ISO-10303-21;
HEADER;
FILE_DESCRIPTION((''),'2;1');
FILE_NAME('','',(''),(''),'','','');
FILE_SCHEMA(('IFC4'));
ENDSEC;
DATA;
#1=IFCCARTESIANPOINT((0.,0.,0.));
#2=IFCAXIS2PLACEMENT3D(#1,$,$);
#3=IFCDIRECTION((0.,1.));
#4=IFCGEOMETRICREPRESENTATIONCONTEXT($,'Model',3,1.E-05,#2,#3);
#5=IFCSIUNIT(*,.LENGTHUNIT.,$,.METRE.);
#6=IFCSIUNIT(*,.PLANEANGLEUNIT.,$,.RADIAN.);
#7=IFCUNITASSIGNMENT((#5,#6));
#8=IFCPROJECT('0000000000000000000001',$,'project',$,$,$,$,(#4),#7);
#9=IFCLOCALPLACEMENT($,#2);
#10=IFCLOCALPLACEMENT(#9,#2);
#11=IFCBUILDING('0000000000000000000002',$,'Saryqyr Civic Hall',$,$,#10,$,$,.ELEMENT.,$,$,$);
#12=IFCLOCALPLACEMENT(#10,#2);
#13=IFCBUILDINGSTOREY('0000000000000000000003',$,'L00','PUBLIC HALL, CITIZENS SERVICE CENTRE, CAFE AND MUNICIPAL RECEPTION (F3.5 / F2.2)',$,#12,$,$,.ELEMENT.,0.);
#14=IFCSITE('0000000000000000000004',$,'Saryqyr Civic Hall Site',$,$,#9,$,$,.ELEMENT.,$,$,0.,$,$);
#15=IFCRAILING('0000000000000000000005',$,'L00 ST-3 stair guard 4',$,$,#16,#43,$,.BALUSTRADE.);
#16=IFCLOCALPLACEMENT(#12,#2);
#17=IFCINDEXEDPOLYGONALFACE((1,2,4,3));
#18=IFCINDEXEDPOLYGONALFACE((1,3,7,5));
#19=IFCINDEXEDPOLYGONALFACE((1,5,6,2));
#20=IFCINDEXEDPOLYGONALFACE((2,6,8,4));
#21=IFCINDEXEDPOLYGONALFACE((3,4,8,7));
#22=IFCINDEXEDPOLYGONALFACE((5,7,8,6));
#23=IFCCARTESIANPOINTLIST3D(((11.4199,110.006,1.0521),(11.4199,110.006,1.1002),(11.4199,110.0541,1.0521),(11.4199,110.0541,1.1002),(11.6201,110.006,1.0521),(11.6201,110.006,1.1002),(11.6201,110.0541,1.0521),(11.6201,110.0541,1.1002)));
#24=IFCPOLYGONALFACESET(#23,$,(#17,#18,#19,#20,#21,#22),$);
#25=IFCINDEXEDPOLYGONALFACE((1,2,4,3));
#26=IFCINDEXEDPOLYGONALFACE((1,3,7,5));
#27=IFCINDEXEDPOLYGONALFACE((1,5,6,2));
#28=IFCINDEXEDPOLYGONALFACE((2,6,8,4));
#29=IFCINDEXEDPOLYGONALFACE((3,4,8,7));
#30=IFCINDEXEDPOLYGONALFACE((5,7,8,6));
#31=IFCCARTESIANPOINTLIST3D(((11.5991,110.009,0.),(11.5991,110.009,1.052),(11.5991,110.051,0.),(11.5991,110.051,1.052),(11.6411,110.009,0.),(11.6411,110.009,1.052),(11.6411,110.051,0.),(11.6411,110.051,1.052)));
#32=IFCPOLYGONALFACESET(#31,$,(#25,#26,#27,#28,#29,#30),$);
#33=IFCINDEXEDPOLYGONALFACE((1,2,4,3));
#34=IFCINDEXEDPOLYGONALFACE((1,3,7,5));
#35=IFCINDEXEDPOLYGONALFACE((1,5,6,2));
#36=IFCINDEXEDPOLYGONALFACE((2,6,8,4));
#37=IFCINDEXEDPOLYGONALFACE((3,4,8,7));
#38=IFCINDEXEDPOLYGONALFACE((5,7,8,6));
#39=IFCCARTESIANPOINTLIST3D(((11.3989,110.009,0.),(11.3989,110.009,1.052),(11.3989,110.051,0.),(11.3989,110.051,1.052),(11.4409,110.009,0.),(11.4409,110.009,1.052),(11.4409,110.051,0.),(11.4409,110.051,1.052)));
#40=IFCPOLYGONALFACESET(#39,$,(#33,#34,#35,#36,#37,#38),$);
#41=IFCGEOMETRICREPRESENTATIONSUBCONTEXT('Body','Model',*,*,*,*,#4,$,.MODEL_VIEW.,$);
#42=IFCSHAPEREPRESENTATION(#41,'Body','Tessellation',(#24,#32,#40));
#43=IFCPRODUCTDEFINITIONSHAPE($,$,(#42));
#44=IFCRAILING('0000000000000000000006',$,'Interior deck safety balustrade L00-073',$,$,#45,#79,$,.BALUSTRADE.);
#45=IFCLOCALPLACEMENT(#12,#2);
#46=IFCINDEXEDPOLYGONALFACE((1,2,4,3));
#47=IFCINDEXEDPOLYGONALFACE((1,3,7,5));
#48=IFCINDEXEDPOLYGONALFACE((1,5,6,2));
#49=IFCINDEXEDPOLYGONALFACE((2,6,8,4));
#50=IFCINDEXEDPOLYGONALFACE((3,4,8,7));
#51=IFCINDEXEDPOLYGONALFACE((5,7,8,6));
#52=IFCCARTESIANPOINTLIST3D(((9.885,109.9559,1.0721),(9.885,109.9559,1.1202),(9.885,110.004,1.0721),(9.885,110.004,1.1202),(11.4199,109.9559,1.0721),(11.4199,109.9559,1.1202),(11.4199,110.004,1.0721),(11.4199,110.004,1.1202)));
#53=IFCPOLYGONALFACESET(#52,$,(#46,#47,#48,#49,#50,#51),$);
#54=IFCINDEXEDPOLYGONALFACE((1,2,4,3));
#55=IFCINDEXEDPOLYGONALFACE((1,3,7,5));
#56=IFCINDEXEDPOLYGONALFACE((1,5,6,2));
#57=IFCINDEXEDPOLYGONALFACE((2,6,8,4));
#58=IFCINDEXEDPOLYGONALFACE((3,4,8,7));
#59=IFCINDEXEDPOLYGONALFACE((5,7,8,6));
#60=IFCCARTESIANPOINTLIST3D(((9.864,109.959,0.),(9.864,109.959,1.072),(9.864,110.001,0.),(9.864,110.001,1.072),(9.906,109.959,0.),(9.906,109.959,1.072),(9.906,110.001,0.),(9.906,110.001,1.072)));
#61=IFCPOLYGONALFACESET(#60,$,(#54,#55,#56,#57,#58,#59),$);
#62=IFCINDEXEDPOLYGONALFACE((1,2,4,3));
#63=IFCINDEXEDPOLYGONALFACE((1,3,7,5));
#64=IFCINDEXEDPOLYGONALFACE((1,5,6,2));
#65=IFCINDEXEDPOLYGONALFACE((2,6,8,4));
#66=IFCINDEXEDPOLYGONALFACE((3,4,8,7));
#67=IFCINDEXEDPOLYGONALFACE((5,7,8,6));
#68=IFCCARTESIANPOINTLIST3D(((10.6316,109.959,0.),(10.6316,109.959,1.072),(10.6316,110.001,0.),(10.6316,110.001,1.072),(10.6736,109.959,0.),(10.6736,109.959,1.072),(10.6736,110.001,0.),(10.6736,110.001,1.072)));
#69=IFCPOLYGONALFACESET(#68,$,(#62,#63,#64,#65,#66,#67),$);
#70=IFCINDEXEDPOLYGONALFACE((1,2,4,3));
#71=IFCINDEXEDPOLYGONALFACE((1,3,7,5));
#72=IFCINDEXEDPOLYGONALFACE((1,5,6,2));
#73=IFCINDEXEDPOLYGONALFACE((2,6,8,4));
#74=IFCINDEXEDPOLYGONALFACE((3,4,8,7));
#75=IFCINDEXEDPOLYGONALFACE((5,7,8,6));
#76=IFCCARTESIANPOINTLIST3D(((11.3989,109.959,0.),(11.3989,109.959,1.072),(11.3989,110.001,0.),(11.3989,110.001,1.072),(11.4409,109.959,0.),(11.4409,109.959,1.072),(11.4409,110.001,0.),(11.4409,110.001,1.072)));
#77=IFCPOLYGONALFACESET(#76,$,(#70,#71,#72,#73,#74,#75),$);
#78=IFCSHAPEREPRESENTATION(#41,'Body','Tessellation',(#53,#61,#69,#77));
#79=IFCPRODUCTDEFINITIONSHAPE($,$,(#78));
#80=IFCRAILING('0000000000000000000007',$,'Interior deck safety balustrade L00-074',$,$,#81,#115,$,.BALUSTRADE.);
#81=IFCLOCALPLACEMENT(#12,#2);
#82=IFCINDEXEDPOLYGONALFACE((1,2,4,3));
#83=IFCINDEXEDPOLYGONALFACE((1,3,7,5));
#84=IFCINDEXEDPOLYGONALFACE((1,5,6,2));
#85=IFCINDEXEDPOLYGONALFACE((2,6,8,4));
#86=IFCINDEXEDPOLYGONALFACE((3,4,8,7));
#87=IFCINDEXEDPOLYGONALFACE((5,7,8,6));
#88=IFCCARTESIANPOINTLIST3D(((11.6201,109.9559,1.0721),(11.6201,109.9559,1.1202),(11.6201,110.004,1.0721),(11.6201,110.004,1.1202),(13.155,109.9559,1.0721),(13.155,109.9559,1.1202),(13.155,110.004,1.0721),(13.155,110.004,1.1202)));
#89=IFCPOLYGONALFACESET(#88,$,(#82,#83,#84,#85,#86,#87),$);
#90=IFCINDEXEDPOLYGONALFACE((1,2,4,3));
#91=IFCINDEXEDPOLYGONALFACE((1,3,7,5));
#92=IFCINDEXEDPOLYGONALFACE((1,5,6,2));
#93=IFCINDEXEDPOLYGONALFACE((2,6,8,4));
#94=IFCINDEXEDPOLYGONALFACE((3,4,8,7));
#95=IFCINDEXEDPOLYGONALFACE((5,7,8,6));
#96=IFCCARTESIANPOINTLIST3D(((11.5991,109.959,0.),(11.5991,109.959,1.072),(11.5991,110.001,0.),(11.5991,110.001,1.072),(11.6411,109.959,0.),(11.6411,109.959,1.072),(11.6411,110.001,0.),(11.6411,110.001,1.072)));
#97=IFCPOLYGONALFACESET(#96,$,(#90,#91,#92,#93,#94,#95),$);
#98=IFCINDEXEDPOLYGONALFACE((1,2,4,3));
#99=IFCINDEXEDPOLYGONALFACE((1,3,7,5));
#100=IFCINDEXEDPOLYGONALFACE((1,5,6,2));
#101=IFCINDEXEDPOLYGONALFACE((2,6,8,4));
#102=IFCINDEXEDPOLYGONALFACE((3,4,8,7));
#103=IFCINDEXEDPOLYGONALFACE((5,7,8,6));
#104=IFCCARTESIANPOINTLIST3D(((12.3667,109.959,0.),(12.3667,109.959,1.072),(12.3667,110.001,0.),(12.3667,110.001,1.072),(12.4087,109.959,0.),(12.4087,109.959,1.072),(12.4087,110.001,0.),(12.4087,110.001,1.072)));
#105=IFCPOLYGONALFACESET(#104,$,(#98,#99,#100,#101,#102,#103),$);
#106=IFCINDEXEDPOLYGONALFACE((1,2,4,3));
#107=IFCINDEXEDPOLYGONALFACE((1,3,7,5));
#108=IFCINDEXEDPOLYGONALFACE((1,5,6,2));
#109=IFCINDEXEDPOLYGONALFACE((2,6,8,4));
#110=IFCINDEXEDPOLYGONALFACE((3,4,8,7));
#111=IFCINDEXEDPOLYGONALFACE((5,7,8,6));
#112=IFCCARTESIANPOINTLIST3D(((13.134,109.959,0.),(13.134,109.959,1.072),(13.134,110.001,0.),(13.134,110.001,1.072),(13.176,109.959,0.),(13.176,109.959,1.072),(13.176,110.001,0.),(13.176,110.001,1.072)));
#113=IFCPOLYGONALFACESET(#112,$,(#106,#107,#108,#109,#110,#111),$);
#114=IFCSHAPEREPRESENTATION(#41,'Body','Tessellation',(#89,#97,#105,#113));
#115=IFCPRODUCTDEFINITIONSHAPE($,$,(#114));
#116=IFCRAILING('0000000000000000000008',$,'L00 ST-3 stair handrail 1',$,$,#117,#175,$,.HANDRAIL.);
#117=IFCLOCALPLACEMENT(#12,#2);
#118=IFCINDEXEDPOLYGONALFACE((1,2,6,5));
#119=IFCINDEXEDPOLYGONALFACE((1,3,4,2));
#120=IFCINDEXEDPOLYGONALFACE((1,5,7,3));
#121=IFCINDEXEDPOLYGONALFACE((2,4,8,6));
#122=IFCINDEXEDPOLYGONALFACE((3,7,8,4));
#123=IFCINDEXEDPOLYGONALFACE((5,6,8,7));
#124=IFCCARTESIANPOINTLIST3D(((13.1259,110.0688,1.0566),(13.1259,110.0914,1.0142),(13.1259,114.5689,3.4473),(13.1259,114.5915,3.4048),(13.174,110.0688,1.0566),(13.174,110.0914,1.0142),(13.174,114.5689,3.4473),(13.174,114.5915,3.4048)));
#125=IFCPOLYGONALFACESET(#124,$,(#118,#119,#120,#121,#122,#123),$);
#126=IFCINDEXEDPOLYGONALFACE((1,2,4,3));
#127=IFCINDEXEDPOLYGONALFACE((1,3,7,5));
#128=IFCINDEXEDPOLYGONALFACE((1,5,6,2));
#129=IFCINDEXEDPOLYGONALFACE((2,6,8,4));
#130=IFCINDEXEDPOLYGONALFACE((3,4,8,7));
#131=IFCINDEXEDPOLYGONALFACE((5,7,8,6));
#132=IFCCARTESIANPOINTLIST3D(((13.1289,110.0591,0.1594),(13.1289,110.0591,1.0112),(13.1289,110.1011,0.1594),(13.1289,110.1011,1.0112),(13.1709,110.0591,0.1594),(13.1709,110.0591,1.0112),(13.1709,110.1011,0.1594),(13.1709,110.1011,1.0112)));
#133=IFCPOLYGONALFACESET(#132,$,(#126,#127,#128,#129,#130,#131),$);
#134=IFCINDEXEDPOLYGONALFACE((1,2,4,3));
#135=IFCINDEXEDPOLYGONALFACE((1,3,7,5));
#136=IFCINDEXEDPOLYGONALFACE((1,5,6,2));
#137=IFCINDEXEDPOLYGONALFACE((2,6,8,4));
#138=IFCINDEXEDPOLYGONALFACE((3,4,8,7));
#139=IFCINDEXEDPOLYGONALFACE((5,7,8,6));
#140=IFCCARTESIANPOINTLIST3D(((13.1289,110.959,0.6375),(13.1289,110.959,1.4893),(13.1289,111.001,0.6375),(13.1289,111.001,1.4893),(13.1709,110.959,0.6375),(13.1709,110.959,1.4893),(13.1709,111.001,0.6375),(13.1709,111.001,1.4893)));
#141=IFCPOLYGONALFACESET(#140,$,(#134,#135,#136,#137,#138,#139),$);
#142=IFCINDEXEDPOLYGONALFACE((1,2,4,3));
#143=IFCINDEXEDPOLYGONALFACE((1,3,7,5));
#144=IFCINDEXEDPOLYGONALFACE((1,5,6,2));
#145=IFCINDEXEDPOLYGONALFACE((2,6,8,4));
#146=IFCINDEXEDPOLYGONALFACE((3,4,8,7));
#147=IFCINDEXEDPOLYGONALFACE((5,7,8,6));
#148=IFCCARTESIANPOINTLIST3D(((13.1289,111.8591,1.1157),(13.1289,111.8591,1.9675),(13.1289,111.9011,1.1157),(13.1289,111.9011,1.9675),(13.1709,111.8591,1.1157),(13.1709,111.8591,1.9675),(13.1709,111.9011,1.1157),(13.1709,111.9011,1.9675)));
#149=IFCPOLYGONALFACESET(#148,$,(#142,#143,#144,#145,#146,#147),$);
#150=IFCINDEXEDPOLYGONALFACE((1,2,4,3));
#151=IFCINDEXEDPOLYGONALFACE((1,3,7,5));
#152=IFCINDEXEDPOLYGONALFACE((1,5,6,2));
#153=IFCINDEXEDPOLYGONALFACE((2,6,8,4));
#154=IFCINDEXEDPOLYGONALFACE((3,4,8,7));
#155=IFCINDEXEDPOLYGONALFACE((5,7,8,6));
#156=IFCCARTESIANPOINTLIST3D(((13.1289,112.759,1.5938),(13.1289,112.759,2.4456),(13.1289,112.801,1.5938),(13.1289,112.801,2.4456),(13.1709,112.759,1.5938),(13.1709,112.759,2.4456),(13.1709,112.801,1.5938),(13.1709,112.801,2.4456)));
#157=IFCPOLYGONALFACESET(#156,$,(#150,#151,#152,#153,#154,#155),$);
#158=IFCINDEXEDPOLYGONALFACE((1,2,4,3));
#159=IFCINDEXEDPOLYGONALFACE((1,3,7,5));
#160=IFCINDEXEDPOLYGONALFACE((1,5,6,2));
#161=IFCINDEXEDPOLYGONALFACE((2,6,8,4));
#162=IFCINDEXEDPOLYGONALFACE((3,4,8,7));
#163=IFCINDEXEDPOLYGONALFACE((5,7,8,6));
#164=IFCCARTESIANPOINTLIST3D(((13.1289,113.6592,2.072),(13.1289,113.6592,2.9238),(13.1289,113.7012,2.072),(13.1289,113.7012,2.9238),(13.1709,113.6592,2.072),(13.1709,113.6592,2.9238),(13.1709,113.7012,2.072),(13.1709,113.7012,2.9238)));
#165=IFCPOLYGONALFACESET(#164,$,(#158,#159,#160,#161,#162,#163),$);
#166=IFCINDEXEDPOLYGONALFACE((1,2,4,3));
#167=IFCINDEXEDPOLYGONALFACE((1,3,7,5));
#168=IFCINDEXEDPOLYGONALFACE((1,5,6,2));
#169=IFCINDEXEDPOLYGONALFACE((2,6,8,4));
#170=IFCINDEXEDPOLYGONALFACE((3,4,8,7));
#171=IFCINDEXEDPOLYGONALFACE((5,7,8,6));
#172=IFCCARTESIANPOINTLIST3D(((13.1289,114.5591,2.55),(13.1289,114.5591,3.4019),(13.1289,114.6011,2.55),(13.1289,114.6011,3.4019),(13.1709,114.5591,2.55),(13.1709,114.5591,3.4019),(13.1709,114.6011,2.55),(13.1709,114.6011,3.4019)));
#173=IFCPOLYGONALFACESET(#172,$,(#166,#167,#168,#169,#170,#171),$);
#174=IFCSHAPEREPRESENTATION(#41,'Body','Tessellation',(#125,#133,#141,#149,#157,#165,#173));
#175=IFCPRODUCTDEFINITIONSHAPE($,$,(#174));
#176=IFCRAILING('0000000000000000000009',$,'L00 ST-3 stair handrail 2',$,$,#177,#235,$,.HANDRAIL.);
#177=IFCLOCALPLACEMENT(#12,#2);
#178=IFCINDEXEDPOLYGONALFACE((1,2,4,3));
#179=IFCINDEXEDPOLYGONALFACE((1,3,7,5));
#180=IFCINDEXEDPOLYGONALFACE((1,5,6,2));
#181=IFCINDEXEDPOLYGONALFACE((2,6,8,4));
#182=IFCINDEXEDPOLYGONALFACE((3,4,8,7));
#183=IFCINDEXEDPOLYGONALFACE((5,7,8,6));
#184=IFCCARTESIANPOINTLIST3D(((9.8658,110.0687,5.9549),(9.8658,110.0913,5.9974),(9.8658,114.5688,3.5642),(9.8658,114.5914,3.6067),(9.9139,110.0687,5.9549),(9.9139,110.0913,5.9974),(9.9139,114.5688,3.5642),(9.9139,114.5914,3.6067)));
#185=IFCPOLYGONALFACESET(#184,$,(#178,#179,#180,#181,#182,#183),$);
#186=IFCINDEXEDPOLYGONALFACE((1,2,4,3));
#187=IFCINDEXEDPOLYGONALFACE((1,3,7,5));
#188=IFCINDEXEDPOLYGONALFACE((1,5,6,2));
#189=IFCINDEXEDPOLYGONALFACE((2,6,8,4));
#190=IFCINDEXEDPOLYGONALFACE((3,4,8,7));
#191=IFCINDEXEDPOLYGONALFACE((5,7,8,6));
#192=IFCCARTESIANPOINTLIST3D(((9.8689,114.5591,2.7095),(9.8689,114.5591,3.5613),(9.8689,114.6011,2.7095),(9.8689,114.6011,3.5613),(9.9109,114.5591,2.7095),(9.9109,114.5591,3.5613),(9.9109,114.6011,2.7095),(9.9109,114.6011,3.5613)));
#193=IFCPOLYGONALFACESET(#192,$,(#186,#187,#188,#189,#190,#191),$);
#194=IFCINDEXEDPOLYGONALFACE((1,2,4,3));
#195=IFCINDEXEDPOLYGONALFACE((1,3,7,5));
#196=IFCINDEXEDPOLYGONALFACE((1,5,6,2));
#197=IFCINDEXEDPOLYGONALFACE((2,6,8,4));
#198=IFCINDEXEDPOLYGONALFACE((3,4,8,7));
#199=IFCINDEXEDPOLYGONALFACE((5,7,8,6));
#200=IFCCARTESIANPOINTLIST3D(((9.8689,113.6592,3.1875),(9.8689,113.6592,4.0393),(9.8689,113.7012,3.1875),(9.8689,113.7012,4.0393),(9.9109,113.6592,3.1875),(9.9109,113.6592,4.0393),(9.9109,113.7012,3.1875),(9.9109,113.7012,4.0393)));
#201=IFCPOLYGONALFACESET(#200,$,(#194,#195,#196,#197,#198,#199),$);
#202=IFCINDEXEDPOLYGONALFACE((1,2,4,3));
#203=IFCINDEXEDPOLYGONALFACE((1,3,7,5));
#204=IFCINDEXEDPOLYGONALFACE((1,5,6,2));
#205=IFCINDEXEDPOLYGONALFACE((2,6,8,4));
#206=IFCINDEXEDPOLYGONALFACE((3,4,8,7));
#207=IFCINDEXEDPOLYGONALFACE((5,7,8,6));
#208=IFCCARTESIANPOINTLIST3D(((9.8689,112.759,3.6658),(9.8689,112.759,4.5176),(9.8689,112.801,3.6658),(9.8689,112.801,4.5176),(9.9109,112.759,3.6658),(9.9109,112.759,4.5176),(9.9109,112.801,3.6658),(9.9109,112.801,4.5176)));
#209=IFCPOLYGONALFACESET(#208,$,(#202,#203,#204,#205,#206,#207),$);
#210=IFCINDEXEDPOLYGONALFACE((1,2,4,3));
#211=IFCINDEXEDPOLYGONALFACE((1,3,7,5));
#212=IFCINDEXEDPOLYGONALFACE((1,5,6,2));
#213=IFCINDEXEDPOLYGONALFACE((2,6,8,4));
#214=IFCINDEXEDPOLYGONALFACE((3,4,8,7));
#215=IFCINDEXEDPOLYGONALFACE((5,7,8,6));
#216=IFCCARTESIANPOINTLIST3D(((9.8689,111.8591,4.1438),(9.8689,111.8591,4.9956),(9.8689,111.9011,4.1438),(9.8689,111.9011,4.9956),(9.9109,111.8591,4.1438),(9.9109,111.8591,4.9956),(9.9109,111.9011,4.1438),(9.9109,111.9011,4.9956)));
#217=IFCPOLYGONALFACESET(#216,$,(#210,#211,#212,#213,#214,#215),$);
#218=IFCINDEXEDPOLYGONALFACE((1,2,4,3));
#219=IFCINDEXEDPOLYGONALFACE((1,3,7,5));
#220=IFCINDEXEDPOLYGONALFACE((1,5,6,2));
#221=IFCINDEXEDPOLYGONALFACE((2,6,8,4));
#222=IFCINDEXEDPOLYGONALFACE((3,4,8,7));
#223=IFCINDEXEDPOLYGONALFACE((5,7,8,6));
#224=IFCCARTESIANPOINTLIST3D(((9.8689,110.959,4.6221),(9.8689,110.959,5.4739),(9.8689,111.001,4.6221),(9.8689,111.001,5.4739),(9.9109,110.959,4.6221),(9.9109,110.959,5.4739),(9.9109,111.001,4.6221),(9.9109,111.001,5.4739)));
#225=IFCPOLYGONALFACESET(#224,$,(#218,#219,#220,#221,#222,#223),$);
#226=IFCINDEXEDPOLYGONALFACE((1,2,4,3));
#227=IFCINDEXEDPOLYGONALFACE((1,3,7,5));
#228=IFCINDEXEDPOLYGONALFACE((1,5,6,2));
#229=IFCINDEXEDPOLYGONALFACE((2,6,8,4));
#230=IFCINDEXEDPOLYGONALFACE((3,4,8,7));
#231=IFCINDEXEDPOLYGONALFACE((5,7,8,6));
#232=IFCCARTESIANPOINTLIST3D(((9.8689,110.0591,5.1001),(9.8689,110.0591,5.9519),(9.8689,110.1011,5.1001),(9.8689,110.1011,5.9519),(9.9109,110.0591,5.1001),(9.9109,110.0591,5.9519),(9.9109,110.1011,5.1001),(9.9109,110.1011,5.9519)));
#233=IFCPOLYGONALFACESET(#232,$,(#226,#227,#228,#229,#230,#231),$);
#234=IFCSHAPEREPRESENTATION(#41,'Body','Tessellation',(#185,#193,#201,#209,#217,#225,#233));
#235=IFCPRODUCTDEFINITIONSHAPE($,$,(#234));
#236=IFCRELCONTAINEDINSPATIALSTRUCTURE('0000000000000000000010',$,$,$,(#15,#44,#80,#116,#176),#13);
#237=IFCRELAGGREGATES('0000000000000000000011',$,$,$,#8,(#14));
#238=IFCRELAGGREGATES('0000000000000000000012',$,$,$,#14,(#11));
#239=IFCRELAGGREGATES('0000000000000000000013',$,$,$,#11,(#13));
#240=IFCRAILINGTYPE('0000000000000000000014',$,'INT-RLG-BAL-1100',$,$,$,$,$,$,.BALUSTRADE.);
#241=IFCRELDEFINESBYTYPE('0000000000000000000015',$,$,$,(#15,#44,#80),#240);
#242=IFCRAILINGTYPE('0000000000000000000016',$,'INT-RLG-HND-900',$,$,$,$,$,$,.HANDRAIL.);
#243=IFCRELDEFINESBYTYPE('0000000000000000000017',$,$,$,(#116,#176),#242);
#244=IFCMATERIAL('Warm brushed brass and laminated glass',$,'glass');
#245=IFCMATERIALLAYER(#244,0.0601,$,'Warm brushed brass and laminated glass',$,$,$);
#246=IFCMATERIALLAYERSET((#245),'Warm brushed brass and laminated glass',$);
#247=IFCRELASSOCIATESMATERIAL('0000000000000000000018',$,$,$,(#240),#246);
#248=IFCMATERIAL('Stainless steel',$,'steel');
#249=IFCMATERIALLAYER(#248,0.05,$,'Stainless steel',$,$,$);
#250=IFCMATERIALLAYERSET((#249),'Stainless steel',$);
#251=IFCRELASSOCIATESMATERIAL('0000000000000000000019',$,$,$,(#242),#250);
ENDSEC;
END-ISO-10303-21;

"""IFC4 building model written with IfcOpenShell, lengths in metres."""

from ifc_helpers import new_model, si_unit, direction, frame, origin, origin_2d, place, context, subcontext, project, spatial, rectangle, extrude, material, layer, layer_set, type_object, element, save


model = new_model("IFC4")

# Units and contexts
model_context = context("Model", 3, precision=1e-05, world=origin(), true_north=direction((0.0, 1.0)))
body_context = subcontext(model_context, "Body", "Model", "MODEL_VIEW")
ifc_project = project(units=[si_unit("LENGTHUNIT", "METRE"), si_unit("PLANEANGLEUNIT", "RADIAN")], contexts=[model_context])

# Site, building, storey
site_placement = place(None, origin())
site = spatial("IfcSite", under=ifc_project, at=site_placement, Name="Saryqyr Civic Hall Site", CompositionType="ELEMENT", RefElevation=0.0)
building_placement = place(site_placement, origin())
building = spatial("IfcBuilding", under=site, at=building_placement, Name="Saryqyr Civic Hall", CompositionType="ELEMENT")
storey_placement = place(building_placement, origin())
storey = spatial("IfcBuildingStorey", under=building, at=storey_placement, Name="L00", Description="PUBLIC HALL, CITIZENS SERVICE CENTRE, CAFE AND MUNICIPAL RECEPTION (F3.5 / F2.2)", CompositionType="ELEMENT", Elevation=0.0)

# Railings
ifc_material_1 = material(Name="Warm brushed brass and laminated glass", Category="glass")
ifc_layer_1 = layer(ifc_material_1, 0.0601, Name="Warm brushed brass and laminated glass")
ifc_layer_set_1 = layer_set([ifc_layer_1], Name="Warm brushed brass and laminated glass")
railing_type_1 = type_object("IfcRailingType", Name="INT-RLG-BAL-1100", PredefinedType="BALUSTRADE", material=ifc_layer_set_1)
railing_1_placement = place(storey_placement, frame((11.6201, 110.03, 0.0)))
element("IfcRailing", 1, at=railing_1_placement, inside=storey, type_object=railing_type_1, Name="L00 ST-3 stair guard 4", PredefinedType="BALUSTRADE", context=body_context, shape_type="SweptSolid", body=[
    extrude(rectangle(XDim=0.0481, YDim=0.0481, at=origin_2d()), frame((0.0, 0.0, 1.0762), z_axis=(-1.0, 0.0, 0.0), x_axis=(0.0, -1.0, 0.0)), (0.0, 0.0, 1.0), 0.2002),
    extrude(rectangle(XDim=0.042, YDim=0.042, at=origin_2d()), origin(), (0.0, 0.0, 1.0), 1.052),
    extrude(rectangle(XDim=0.042, YDim=0.042, at=origin_2d()), frame((-0.2002, 0.0, 0.0)), (0.0, 0.0, 1.0), 1.052),
])
for number, where, name in (
    (2, (9.885, 109.98, 0.0), "Interior deck safety balustrade L00-073"),
    (3, (11.6201, 109.98, 0.0), "Interior deck safety balustrade L00-074"),
):
    element("IfcRailing", number, at=place(storey_placement, frame(where)), inside=storey, type_object=railing_type_1, Name=name, PredefinedType="BALUSTRADE", context=body_context, shape_type="SweptSolid", body=[
        extrude(rectangle(XDim=0.0481, YDim=0.0481, at=origin_2d()), frame((0.0, 0.0, 1.0962), z_axis=(1.0, 0.0, 0.0), x_axis=(0.0, 1.0, 0.0)), (0.0, 0.0, 1.0), 1.5349),
        extrude(rectangle(XDim=0.042, YDim=0.042, at=origin_2d()), origin(), (0.0, 0.0, 1.0), 1.072),
        extrude(rectangle(XDim=0.042, YDim=0.042, at=origin_2d()), frame((0.7676, 0.0, 0.0)), (0.0, 0.0, 1.0), 1.072),
        extrude(rectangle(XDim=0.042, YDim=0.042, at=origin_2d()), frame((1.5349, 0.0, 0.0)), (0.0, 0.0, 1.0), 1.072),
    ])
ifc_material_2 = material(Name="Stainless steel", Category="steel")
ifc_layer_2 = layer(ifc_material_2, 0.05, Name="Stainless steel")
ifc_layer_set_2 = layer_set([ifc_layer_2], Name="Stainless steel")
railing_type_2 = type_object("IfcRailingType", Name="INT-RLG-HND-900", PredefinedType="HANDRAIL", material=ifc_layer_set_2)
railing_2_placement = place(storey_placement, frame((13.1499, 110.0801, 0.1594)))
element("IfcRailing", 4, at=railing_2_placement, inside=storey, type_object=railing_type_2, Name="L00 ST-3 stair handrail 1", PredefinedType="HANDRAIL", context=body_context, shape_type="SweptSolid", body=[
    extrude(rectangle(XDim=0.0481, YDim=0.0481, at=origin_2d()), frame((0.0, 0.0, 0.876), z_axis=(0.0, 0.883116, 0.469155), x_axis=(-1.0, 0.0, 0.0)), (0.0, 0.0, 1.0), 5.0957),
    extrude(rectangle(XDim=0.042, YDim=0.042, at=origin_2d()), origin(), (0.0, 0.0, 1.0), 0.8518),
    extrude(rectangle(XDim=0.042, YDim=0.042, at=origin_2d()), frame((0.0, 0.8999, 0.478)), (0.0, 0.0, 1.0), 0.8518),
    extrude(rectangle(XDim=0.042, YDim=0.042, at=origin_2d()), frame((0.0, 1.8, 0.9563)), (0.0, 0.0, 1.0), 0.8518),
    extrude(rectangle(XDim=0.042, YDim=0.042, at=origin_2d()), frame((0.0, 2.7, 1.4343)), (0.0, 0.0, 1.0), 0.8518),
    extrude(rectangle(XDim=0.042, YDim=0.042, at=origin_2d()), frame((0.0, 3.6001, 1.9126)), (0.0, 0.0, 1.0), 0.8518),
    extrude(rectangle(XDim=0.042, YDim=0.042, at=origin_2d()), frame((0.0, 4.5, 2.3906)), (0.0, 0.0, 1.0), 0.8518),
])
railing_3_placement = place(storey_placement, frame((9.8899, 114.5801, 2.7095)))
element("IfcRailing", 5, at=railing_3_placement, inside=storey, type_object=railing_type_2, Name="L00 ST-3 stair handrail 2", PredefinedType="HANDRAIL", context=body_context, shape_type="SweptSolid", body=[
    extrude(rectangle(XDim=0.0481, YDim=0.0481, at=origin_2d()), frame((0.0, 0.0, 0.876), z_axis=(0.0, -0.883116, 0.469155), x_axis=(1.0, 0.0, 0.0)), (0.0, 0.0, 1.0), 5.0957),
    extrude(rectangle(XDim=0.042, YDim=0.042, at=origin_2d()), origin(), (0.0, 0.0, 1.0), 0.8518),
    extrude(rectangle(XDim=0.042, YDim=0.042, at=origin_2d()), frame((0.0, -0.8999, 0.478)), (0.0, 0.0, 1.0), 0.8518),
    extrude(rectangle(XDim=0.042, YDim=0.042, at=origin_2d()), frame((0.0, -1.8, 0.9563)), (0.0, 0.0, 1.0), 0.8518),
    extrude(rectangle(XDim=0.042, YDim=0.042, at=origin_2d()), frame((0.0, -2.7, 1.4343)), (0.0, 0.0, 1.0), 0.8518),
    extrude(rectangle(XDim=0.042, YDim=0.042, at=origin_2d()), frame((0.0, -3.6001, 1.9126)), (0.0, 0.0, 1.0), 0.8518),
    extrude(rectangle(XDim=0.042, YDim=0.042, at=origin_2d()), frame((0.0, -4.5, 2.3906)), (0.0, 0.0, 1.0), 0.8518),
])

save(model, "model.ifc")
